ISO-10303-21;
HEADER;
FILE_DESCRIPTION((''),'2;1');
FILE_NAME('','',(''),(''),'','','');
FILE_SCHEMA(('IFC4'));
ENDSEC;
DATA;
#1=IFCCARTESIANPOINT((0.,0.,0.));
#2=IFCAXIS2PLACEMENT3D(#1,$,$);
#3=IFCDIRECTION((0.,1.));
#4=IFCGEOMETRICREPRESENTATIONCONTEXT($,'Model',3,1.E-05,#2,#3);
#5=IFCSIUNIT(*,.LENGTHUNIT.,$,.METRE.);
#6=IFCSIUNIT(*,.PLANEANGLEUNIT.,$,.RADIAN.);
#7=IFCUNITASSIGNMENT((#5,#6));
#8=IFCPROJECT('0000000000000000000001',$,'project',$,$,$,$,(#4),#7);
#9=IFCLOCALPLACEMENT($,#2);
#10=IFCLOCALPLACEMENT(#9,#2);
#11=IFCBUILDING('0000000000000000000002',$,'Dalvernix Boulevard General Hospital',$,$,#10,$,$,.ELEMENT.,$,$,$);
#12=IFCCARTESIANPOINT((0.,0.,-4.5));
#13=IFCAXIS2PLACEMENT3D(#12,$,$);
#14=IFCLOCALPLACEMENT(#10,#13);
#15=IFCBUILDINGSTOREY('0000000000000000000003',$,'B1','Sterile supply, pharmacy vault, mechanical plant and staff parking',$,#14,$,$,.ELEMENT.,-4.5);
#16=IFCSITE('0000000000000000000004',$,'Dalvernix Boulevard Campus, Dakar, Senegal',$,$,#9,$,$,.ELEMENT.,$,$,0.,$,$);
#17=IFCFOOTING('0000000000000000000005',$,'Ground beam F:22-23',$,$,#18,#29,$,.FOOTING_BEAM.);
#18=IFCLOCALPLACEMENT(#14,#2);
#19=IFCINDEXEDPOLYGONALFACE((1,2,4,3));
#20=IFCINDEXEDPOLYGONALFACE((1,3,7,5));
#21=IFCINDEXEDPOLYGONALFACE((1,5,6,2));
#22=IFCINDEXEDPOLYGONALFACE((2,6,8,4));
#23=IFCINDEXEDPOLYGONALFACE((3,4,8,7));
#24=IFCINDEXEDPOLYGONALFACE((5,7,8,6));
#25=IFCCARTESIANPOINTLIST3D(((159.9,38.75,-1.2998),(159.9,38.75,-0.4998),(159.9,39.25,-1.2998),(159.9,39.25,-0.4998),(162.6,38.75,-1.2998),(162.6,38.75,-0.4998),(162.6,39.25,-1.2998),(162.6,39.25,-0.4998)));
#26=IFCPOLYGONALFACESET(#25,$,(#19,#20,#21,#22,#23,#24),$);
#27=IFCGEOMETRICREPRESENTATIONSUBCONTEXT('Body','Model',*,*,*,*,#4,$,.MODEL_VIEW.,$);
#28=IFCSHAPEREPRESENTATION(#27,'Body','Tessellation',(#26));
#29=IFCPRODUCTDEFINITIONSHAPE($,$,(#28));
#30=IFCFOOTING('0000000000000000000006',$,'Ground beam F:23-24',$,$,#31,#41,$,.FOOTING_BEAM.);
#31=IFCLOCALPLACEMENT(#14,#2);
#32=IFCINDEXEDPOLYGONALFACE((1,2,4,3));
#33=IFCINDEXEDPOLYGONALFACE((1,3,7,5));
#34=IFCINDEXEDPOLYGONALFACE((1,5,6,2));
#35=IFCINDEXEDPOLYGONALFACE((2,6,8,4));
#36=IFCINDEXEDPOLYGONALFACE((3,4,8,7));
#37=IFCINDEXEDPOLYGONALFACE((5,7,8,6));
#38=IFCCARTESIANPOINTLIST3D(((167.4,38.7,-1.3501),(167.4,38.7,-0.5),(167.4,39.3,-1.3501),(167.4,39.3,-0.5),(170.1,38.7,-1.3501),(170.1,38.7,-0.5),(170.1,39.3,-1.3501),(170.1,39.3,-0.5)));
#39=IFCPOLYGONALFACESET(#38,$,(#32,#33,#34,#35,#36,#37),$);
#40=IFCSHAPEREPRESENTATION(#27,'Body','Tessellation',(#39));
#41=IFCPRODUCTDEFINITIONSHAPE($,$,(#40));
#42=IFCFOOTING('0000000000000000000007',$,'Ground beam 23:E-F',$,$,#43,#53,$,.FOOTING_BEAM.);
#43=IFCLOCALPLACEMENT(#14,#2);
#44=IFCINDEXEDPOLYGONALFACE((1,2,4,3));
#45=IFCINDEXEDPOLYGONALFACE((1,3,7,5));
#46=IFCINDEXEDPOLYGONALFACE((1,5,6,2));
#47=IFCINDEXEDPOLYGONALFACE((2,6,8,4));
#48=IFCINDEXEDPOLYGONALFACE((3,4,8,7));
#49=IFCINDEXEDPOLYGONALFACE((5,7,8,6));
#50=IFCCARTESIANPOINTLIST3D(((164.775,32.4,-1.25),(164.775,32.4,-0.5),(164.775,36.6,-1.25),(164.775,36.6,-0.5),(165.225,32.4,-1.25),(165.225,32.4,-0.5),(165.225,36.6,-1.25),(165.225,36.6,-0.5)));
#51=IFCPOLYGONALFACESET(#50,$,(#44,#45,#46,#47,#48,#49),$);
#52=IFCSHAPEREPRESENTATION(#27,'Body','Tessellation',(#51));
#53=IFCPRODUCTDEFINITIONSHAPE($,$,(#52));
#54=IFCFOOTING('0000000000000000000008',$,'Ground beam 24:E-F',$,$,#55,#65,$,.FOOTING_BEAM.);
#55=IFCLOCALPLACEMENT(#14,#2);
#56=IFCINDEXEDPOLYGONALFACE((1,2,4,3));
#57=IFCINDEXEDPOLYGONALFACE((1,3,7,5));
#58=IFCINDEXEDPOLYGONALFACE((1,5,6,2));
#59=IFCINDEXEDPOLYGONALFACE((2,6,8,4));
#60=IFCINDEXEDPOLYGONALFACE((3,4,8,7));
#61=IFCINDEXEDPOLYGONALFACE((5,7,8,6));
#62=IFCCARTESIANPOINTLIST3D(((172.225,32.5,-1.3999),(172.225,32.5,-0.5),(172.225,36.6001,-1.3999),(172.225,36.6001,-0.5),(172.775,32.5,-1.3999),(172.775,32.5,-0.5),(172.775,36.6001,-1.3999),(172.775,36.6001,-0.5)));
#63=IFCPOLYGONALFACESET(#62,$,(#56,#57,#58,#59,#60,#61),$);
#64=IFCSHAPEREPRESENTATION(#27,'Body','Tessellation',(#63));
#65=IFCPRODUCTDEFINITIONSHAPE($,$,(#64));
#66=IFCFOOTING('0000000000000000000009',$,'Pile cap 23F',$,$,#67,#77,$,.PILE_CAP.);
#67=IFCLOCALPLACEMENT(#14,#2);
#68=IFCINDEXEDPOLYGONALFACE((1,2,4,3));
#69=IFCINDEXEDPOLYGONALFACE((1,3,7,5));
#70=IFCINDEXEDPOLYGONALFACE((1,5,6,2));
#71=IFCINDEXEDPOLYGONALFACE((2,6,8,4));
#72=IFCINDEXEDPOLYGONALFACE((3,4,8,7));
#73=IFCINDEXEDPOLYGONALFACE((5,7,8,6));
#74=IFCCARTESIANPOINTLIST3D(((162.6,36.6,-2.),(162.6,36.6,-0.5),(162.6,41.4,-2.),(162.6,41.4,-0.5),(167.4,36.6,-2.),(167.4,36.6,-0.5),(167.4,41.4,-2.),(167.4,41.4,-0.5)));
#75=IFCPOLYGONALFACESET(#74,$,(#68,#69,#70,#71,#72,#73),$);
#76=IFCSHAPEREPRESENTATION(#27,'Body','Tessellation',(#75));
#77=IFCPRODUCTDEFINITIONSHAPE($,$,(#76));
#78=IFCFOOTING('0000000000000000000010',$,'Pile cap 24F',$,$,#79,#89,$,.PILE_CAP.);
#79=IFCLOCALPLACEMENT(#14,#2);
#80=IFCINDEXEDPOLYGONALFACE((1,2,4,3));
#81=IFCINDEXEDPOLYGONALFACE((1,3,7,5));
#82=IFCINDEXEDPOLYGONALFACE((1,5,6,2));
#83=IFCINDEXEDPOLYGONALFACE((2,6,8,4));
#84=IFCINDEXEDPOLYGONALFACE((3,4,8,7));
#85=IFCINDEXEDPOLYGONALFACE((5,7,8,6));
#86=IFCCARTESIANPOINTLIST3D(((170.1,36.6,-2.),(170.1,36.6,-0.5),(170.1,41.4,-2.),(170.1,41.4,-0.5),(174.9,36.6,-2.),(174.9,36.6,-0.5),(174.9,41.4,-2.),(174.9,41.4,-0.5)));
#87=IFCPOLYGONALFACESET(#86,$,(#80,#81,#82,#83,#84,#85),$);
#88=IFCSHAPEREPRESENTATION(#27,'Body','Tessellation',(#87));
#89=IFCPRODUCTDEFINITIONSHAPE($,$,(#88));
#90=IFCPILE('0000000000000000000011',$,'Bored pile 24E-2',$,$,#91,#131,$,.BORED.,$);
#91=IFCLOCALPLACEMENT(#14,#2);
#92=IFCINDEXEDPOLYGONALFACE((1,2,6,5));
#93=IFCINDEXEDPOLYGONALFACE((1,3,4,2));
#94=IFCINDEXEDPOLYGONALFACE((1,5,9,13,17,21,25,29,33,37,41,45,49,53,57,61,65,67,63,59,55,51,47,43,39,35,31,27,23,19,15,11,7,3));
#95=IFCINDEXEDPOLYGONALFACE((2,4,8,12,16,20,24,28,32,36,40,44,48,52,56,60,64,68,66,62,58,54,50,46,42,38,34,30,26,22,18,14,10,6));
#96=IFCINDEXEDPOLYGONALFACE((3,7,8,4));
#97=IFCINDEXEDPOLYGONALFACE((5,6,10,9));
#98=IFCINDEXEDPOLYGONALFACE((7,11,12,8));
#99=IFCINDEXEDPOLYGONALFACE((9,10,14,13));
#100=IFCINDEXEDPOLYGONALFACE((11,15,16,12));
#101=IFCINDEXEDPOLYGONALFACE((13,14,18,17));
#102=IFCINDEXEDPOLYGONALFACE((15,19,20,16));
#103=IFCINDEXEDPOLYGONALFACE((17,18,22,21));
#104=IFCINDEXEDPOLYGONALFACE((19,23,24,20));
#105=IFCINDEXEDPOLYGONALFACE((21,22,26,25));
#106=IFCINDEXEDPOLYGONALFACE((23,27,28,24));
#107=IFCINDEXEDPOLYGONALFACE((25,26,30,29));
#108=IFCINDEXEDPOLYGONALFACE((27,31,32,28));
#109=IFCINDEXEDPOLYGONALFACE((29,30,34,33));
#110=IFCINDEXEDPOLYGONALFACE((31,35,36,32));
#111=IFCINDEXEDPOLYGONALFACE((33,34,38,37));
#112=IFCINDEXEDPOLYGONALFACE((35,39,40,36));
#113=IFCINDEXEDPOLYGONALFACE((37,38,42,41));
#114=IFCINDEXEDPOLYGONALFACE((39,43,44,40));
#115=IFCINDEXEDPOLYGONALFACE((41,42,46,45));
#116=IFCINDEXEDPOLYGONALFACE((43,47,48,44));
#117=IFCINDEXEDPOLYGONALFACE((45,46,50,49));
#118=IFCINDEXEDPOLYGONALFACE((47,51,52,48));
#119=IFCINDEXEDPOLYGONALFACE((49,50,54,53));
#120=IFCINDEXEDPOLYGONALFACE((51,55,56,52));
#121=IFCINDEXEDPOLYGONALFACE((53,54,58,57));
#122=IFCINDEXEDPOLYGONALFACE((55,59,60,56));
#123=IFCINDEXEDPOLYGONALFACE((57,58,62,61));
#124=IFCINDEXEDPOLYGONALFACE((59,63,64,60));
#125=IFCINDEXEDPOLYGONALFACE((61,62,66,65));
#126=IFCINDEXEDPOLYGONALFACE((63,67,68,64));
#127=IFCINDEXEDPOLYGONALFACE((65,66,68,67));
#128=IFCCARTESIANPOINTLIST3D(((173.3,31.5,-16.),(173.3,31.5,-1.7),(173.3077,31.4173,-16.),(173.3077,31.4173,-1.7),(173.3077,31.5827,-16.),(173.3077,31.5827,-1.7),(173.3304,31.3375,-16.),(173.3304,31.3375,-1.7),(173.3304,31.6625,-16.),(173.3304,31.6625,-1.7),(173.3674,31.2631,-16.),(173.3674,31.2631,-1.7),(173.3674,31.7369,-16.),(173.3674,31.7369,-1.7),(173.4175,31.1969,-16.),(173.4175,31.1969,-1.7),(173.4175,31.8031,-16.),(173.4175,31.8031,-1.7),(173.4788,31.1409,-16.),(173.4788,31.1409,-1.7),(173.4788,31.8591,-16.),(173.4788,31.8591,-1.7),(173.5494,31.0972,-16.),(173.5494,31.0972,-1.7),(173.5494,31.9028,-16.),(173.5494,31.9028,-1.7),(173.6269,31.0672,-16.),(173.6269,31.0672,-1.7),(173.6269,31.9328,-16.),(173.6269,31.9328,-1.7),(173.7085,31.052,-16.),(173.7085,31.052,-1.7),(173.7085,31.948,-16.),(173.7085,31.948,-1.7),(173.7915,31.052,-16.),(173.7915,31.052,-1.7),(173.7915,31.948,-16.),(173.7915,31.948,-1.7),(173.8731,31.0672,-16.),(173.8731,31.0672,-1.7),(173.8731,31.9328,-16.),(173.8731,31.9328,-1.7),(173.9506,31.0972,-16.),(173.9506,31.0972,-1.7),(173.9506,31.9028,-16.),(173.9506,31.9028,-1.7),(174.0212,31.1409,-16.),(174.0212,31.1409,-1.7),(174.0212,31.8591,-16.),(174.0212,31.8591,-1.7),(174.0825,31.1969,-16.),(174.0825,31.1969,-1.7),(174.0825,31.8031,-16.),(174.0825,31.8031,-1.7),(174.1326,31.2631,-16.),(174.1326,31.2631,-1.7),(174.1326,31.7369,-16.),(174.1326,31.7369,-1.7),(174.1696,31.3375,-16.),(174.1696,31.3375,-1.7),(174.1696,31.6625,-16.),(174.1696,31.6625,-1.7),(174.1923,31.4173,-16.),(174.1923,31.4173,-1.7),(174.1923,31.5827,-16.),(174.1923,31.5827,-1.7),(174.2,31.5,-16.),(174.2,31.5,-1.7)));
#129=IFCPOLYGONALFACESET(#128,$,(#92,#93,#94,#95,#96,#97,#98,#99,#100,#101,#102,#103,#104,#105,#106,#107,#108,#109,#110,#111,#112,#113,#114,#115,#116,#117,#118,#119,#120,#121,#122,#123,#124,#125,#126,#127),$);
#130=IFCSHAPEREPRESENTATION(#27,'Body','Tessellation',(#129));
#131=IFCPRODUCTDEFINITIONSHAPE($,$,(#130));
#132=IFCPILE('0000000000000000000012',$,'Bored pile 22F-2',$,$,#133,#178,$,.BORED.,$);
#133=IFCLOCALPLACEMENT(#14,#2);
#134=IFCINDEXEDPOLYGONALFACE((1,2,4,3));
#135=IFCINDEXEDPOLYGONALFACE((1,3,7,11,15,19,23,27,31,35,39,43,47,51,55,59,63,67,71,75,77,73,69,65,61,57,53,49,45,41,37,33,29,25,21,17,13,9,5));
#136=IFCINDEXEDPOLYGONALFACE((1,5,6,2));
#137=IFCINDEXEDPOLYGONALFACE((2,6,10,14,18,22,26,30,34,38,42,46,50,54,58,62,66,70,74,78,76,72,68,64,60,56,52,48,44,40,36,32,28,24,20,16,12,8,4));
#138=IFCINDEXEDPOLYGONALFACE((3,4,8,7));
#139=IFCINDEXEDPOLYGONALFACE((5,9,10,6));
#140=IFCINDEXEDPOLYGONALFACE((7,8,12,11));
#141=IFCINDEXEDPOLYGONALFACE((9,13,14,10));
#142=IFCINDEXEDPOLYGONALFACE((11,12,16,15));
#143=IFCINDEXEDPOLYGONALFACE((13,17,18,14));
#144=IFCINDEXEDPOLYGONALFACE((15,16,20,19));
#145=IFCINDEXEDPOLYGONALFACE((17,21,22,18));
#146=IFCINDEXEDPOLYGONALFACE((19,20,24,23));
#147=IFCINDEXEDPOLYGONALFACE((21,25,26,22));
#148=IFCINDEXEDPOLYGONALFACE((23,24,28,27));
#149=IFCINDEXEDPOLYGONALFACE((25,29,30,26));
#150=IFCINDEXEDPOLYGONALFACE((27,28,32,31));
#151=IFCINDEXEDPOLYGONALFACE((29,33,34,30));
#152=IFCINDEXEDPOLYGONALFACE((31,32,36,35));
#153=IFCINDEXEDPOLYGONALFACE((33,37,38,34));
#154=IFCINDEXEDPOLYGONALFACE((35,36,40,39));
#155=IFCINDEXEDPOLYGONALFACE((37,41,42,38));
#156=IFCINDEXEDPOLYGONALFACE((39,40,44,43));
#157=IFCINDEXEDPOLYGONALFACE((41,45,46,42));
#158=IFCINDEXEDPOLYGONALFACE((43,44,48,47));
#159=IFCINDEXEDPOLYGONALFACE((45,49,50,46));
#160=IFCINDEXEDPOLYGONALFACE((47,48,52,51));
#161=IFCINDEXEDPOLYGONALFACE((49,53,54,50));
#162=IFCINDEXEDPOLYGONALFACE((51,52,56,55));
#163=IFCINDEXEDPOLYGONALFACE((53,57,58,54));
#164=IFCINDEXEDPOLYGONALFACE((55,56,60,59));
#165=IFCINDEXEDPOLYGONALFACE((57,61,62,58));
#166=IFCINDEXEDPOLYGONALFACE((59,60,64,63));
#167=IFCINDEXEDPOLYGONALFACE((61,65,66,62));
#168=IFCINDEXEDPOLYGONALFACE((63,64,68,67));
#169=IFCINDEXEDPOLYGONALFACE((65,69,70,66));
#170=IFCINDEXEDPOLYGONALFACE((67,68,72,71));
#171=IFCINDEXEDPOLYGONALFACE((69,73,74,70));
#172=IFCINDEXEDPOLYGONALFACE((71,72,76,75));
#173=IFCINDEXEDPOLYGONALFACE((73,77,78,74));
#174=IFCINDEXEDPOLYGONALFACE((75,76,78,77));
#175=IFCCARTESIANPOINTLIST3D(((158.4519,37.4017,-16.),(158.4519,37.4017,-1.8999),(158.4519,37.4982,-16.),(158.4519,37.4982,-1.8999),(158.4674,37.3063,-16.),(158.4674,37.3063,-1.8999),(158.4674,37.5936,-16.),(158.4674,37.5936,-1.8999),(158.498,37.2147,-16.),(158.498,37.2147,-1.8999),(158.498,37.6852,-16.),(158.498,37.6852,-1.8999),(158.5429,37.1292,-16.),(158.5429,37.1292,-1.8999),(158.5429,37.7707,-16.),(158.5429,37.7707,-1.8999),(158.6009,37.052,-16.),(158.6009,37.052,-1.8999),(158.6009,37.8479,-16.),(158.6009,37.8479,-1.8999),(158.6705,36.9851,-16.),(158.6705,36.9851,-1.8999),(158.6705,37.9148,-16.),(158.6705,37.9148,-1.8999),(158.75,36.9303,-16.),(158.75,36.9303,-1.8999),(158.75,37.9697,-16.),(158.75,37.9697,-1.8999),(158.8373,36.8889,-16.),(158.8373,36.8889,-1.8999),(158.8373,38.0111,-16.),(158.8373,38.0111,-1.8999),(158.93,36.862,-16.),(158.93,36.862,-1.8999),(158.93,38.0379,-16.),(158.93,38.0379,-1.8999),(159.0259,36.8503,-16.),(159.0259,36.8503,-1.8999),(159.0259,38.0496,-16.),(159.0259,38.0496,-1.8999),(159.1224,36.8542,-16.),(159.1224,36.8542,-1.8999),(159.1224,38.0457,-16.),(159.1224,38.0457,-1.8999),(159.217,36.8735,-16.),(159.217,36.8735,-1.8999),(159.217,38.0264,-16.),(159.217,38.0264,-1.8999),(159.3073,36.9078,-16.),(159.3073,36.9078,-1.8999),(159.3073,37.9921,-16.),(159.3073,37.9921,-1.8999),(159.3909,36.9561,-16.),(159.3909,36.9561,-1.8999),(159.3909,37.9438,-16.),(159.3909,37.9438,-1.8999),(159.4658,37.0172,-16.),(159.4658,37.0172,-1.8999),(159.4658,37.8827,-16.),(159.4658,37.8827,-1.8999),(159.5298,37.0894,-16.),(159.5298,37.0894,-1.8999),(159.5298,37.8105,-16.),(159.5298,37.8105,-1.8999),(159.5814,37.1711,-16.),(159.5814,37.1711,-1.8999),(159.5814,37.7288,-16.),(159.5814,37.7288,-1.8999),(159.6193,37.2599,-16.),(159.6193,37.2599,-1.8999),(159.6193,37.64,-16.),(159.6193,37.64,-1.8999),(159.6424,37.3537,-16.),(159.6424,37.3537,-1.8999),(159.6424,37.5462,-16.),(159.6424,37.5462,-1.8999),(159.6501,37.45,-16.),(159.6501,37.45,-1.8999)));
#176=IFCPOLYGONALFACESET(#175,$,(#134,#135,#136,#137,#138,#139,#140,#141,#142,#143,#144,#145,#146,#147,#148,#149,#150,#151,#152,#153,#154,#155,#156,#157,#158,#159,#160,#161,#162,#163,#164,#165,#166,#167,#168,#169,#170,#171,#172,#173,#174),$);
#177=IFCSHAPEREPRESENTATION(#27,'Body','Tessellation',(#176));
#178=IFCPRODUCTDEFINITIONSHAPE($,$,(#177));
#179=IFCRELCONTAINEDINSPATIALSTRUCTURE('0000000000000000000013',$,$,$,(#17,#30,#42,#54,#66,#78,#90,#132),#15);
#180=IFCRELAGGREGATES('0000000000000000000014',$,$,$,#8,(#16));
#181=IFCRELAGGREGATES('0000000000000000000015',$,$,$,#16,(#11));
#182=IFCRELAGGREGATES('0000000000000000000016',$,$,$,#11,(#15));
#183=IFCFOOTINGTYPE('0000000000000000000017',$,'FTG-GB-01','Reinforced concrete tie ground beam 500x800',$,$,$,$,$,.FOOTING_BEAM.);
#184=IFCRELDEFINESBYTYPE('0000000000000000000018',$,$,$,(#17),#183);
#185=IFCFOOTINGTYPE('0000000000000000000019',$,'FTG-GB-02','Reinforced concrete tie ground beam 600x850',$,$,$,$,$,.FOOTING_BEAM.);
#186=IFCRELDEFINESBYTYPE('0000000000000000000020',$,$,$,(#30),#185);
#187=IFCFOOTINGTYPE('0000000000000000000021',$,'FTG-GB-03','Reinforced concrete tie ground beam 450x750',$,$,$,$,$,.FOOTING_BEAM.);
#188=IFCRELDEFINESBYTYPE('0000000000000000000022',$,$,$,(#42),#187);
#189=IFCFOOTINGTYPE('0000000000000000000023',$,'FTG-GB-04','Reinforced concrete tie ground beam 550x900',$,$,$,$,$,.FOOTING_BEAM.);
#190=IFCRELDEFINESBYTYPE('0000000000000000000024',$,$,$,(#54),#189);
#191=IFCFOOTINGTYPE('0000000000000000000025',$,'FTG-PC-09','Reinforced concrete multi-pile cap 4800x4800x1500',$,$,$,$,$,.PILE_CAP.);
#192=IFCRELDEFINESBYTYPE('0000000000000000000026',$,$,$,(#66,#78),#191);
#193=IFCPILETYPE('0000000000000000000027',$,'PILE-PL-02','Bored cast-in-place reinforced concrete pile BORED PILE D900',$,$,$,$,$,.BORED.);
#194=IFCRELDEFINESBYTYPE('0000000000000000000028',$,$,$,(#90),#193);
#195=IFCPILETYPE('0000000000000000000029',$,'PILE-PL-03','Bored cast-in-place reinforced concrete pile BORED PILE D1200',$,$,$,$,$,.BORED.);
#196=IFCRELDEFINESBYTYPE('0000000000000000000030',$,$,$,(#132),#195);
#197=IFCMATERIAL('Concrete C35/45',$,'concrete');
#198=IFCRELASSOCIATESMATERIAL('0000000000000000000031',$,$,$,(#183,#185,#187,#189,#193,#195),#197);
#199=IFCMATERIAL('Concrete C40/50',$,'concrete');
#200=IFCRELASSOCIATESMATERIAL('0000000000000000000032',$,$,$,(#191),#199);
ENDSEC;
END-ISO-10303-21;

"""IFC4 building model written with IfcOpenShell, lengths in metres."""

from ifc_helpers import new_model, si_unit, direction, frame, origin, origin_2d, place, context, subcontext, project, spatial, rectangle, circle, extrude, material, material_profile, profile_set, type_object, element, save


model = new_model("IFC4")

# Units and contexts
model_context = context("Model", 3, precision=1e-05, world=origin(), true_north=direction((0.0, 1.0)))
body_context = subcontext(model_context, "Body", "Model", "MODEL_VIEW")
ifc_project = project(units=[si_unit("LENGTHUNIT", "METRE"), si_unit("PLANEANGLEUNIT", "RADIAN")], contexts=[model_context])

# Site, building, storey
site_placement = place(None, origin())
site = spatial("IfcSite", under=ifc_project, at=site_placement, Name="Dalvernix Boulevard Campus, Dakar, Senegal", CompositionType="ELEMENT", RefElevation=0.0)
building_placement = place(site_placement, origin())
building = spatial("IfcBuilding", under=site, at=building_placement, Name="Dalvernix Boulevard General Hospital", CompositionType="ELEMENT")
storey_placement = place(building_placement, frame((0.0, 0.0, -4.5)))
storey = spatial("IfcBuildingStorey", under=building, at=storey_placement, Name="B1", Description="Sterile supply, pharmacy vault, mechanical plant and staff parking", CompositionType="ELEMENT", Elevation=-4.5)

# Footings
ifc_material_1 = material(Name="Concrete C35/45", Category="concrete")
footing_type_1 = type_object("IfcFootingType", Name="FTG-GB-01", Description="Reinforced concrete tie ground beam 500x800", PredefinedType="FOOTING_BEAM", material=ifc_material_1)
footing_1_placement = place(storey_placement, frame((161.25, 39.0, -1.2998), z_axis=(0.0, 0.0, 1.0), x_axis=(1.0, 0.0, 0.0)))
element("IfcFooting", 1, at=footing_1_placement, inside=storey, type_object=footing_type_1, Name="Ground beam F:22-23", PredefinedType="FOOTING_BEAM", context=body_context, shape_type="SweptSolid", body=[
    extrude(rectangle(XDim=2.7, YDim=0.5, at=origin_2d()), origin(), (0.0, 0.0, 1.0), 0.8),
])
footing_type_2 = type_object("IfcFootingType", Name="FTG-GB-02", Description="Reinforced concrete tie ground beam 600x850", PredefinedType="FOOTING_BEAM", material=ifc_material_1)
footing_2_placement = place(storey_placement, frame((168.75, 39.0, -1.3501), z_axis=(0.0, 0.0, 1.0), x_axis=(1.0, 0.0, 0.0)))
element("IfcFooting", 2, at=footing_2_placement, inside=storey, type_object=footing_type_2, Name="Ground beam F:23-24", PredefinedType="FOOTING_BEAM", context=body_context, shape_type="SweptSolid", body=[
    extrude(rectangle(XDim=2.7, YDim=0.6001, at=origin_2d()), origin(), (0.0, 0.0, 1.0), 0.8501),
])
footing_type_3 = type_object("IfcFootingType", Name="FTG-GB-03", Description="Reinforced concrete tie ground beam 450x750", PredefinedType="FOOTING_BEAM", material=ifc_material_1)
footing_3_placement = place(storey_placement, frame((165.0, 34.5, -1.25), z_axis=(0.0, 0.0, 1.0), x_axis=(0.0, 1.0, 0.0)))
element("IfcFooting", 3, at=footing_3_placement, inside=storey, type_object=footing_type_3, Name="Ground beam 23:E-F", PredefinedType="FOOTING_BEAM", context=body_context, shape_type="SweptSolid", body=[
    extrude(rectangle(XDim=4.2, YDim=0.45, at=origin_2d()), origin(), (0.0, 0.0, 1.0), 0.75),
])
footing_type_4 = type_object("IfcFootingType", Name="FTG-GB-04", Description="Reinforced concrete tie ground beam 550x900", PredefinedType="FOOTING_BEAM", material=ifc_material_1)
footing_4_placement = place(storey_placement, frame((172.5, 34.55, -1.3999), z_axis=(0.0, 0.0, 1.0), x_axis=(0.0, 1.0, 0.0)))
element("IfcFooting", 4, at=footing_4_placement, inside=storey, type_object=footing_type_4, Name="Ground beam 24:E-F", PredefinedType="FOOTING_BEAM", context=body_context, shape_type="SweptSolid", body=[
    extrude(rectangle(XDim=4.1001, YDim=0.55, at=origin_2d()), origin(), (0.0, 0.0, 1.0), 0.8999),
])
ifc_material_2 = material(Name="Concrete C40/50", Category="concrete")
footing_type_5 = type_object("IfcFootingType", Name="FTG-PC-09", Description="Reinforced concrete multi-pile cap 4800x4800x1500", PredefinedType="PILE_CAP", material=ifc_material_2)
for number, where, z_axis, x_axis, name in (
    (5, (165.0, 39.0, -2.0), (0.0, 0.0, 1.0), (1.0, 0.0, 0.0), "Pile cap 23F"),
    (6, (172.5, 39.0, -2.0), (0.0, 0.0, 1.0), (1.0, 0.0, 0.0), "Pile cap 24F"),
):
    element("IfcFooting", number, at=place(storey_placement, frame(where, z_axis=z_axis, x_axis=x_axis)), inside=storey, type_object=footing_type_5, Name=name, PredefinedType="PILE_CAP", context=body_context, shape_type="SweptSolid", body=[
        extrude(rectangle(XDim=4.8, YDim=4.8, at=origin_2d()), origin(), (0.0, 0.0, 1.0), 1.5),
    ])

# Piles
ifc_material_profile_1 = material_profile(ifc_material_1, circle(Radius=0.45, at=origin_2d()), Name="BORED PILE D900")
ifc_profile_set_1 = profile_set([ifc_material_profile_1], Name="Concrete C35/45")
pile_type_1 = type_object("IfcPileType", Name="PILE-PL-02", Description="Bored cast-in-place reinforced concrete pile BORED PILE D900", PredefinedType="BORED", material=ifc_profile_set_1)
pile_placement = place(storey_placement, frame((173.75, 31.5, -1.7), z_axis=(0.0, 0.0, -1.0), x_axis=(1.0, 0.0, 0.0)))
element("IfcPile", 7, at=pile_placement, inside=storey, type_object=pile_type_1, Name="Bored pile 24E-2", PredefinedType="BORED", context=body_context, shape_type="SweptSolid", body=[
    extrude(circle(Radius=0.45, at=origin_2d()), origin(), (0.0, 0.0, 1.0), 14.3),
])
ifc_material_profile_2 = material_profile(ifc_material_1, circle(Radius=0.6001, at=origin_2d()), Name="BORED PILE D1200")
ifc_profile_set_2 = profile_set([ifc_material_profile_2], Name="Concrete C35/45")
pile_type_2 = type_object("IfcPileType", Name="PILE-PL-03", Description="Bored cast-in-place reinforced concrete pile BORED PILE D1200", PredefinedType="BORED", material=ifc_profile_set_2)
for number, where, z_axis, x_axis, name in (
    (8, (159.05, 37.45, -1.8999), (0.0, 0.0, -1.0), (1.0, 0.0, 0.0), "Bored pile 22F-2"),
):
    element("IfcPile", number, at=place(storey_placement, frame(where, z_axis=z_axis, x_axis=x_axis)), inside=storey, type_object=pile_type_2, Name=name, PredefinedType="BORED", context=body_context, shape_type="SweptSolid", body=[
        extrude(circle(Radius=0.6001, at=origin_2d()), origin(), (0.0, 0.0, 1.0), 14.1001),
    ])

save(model, "model.ifc")
